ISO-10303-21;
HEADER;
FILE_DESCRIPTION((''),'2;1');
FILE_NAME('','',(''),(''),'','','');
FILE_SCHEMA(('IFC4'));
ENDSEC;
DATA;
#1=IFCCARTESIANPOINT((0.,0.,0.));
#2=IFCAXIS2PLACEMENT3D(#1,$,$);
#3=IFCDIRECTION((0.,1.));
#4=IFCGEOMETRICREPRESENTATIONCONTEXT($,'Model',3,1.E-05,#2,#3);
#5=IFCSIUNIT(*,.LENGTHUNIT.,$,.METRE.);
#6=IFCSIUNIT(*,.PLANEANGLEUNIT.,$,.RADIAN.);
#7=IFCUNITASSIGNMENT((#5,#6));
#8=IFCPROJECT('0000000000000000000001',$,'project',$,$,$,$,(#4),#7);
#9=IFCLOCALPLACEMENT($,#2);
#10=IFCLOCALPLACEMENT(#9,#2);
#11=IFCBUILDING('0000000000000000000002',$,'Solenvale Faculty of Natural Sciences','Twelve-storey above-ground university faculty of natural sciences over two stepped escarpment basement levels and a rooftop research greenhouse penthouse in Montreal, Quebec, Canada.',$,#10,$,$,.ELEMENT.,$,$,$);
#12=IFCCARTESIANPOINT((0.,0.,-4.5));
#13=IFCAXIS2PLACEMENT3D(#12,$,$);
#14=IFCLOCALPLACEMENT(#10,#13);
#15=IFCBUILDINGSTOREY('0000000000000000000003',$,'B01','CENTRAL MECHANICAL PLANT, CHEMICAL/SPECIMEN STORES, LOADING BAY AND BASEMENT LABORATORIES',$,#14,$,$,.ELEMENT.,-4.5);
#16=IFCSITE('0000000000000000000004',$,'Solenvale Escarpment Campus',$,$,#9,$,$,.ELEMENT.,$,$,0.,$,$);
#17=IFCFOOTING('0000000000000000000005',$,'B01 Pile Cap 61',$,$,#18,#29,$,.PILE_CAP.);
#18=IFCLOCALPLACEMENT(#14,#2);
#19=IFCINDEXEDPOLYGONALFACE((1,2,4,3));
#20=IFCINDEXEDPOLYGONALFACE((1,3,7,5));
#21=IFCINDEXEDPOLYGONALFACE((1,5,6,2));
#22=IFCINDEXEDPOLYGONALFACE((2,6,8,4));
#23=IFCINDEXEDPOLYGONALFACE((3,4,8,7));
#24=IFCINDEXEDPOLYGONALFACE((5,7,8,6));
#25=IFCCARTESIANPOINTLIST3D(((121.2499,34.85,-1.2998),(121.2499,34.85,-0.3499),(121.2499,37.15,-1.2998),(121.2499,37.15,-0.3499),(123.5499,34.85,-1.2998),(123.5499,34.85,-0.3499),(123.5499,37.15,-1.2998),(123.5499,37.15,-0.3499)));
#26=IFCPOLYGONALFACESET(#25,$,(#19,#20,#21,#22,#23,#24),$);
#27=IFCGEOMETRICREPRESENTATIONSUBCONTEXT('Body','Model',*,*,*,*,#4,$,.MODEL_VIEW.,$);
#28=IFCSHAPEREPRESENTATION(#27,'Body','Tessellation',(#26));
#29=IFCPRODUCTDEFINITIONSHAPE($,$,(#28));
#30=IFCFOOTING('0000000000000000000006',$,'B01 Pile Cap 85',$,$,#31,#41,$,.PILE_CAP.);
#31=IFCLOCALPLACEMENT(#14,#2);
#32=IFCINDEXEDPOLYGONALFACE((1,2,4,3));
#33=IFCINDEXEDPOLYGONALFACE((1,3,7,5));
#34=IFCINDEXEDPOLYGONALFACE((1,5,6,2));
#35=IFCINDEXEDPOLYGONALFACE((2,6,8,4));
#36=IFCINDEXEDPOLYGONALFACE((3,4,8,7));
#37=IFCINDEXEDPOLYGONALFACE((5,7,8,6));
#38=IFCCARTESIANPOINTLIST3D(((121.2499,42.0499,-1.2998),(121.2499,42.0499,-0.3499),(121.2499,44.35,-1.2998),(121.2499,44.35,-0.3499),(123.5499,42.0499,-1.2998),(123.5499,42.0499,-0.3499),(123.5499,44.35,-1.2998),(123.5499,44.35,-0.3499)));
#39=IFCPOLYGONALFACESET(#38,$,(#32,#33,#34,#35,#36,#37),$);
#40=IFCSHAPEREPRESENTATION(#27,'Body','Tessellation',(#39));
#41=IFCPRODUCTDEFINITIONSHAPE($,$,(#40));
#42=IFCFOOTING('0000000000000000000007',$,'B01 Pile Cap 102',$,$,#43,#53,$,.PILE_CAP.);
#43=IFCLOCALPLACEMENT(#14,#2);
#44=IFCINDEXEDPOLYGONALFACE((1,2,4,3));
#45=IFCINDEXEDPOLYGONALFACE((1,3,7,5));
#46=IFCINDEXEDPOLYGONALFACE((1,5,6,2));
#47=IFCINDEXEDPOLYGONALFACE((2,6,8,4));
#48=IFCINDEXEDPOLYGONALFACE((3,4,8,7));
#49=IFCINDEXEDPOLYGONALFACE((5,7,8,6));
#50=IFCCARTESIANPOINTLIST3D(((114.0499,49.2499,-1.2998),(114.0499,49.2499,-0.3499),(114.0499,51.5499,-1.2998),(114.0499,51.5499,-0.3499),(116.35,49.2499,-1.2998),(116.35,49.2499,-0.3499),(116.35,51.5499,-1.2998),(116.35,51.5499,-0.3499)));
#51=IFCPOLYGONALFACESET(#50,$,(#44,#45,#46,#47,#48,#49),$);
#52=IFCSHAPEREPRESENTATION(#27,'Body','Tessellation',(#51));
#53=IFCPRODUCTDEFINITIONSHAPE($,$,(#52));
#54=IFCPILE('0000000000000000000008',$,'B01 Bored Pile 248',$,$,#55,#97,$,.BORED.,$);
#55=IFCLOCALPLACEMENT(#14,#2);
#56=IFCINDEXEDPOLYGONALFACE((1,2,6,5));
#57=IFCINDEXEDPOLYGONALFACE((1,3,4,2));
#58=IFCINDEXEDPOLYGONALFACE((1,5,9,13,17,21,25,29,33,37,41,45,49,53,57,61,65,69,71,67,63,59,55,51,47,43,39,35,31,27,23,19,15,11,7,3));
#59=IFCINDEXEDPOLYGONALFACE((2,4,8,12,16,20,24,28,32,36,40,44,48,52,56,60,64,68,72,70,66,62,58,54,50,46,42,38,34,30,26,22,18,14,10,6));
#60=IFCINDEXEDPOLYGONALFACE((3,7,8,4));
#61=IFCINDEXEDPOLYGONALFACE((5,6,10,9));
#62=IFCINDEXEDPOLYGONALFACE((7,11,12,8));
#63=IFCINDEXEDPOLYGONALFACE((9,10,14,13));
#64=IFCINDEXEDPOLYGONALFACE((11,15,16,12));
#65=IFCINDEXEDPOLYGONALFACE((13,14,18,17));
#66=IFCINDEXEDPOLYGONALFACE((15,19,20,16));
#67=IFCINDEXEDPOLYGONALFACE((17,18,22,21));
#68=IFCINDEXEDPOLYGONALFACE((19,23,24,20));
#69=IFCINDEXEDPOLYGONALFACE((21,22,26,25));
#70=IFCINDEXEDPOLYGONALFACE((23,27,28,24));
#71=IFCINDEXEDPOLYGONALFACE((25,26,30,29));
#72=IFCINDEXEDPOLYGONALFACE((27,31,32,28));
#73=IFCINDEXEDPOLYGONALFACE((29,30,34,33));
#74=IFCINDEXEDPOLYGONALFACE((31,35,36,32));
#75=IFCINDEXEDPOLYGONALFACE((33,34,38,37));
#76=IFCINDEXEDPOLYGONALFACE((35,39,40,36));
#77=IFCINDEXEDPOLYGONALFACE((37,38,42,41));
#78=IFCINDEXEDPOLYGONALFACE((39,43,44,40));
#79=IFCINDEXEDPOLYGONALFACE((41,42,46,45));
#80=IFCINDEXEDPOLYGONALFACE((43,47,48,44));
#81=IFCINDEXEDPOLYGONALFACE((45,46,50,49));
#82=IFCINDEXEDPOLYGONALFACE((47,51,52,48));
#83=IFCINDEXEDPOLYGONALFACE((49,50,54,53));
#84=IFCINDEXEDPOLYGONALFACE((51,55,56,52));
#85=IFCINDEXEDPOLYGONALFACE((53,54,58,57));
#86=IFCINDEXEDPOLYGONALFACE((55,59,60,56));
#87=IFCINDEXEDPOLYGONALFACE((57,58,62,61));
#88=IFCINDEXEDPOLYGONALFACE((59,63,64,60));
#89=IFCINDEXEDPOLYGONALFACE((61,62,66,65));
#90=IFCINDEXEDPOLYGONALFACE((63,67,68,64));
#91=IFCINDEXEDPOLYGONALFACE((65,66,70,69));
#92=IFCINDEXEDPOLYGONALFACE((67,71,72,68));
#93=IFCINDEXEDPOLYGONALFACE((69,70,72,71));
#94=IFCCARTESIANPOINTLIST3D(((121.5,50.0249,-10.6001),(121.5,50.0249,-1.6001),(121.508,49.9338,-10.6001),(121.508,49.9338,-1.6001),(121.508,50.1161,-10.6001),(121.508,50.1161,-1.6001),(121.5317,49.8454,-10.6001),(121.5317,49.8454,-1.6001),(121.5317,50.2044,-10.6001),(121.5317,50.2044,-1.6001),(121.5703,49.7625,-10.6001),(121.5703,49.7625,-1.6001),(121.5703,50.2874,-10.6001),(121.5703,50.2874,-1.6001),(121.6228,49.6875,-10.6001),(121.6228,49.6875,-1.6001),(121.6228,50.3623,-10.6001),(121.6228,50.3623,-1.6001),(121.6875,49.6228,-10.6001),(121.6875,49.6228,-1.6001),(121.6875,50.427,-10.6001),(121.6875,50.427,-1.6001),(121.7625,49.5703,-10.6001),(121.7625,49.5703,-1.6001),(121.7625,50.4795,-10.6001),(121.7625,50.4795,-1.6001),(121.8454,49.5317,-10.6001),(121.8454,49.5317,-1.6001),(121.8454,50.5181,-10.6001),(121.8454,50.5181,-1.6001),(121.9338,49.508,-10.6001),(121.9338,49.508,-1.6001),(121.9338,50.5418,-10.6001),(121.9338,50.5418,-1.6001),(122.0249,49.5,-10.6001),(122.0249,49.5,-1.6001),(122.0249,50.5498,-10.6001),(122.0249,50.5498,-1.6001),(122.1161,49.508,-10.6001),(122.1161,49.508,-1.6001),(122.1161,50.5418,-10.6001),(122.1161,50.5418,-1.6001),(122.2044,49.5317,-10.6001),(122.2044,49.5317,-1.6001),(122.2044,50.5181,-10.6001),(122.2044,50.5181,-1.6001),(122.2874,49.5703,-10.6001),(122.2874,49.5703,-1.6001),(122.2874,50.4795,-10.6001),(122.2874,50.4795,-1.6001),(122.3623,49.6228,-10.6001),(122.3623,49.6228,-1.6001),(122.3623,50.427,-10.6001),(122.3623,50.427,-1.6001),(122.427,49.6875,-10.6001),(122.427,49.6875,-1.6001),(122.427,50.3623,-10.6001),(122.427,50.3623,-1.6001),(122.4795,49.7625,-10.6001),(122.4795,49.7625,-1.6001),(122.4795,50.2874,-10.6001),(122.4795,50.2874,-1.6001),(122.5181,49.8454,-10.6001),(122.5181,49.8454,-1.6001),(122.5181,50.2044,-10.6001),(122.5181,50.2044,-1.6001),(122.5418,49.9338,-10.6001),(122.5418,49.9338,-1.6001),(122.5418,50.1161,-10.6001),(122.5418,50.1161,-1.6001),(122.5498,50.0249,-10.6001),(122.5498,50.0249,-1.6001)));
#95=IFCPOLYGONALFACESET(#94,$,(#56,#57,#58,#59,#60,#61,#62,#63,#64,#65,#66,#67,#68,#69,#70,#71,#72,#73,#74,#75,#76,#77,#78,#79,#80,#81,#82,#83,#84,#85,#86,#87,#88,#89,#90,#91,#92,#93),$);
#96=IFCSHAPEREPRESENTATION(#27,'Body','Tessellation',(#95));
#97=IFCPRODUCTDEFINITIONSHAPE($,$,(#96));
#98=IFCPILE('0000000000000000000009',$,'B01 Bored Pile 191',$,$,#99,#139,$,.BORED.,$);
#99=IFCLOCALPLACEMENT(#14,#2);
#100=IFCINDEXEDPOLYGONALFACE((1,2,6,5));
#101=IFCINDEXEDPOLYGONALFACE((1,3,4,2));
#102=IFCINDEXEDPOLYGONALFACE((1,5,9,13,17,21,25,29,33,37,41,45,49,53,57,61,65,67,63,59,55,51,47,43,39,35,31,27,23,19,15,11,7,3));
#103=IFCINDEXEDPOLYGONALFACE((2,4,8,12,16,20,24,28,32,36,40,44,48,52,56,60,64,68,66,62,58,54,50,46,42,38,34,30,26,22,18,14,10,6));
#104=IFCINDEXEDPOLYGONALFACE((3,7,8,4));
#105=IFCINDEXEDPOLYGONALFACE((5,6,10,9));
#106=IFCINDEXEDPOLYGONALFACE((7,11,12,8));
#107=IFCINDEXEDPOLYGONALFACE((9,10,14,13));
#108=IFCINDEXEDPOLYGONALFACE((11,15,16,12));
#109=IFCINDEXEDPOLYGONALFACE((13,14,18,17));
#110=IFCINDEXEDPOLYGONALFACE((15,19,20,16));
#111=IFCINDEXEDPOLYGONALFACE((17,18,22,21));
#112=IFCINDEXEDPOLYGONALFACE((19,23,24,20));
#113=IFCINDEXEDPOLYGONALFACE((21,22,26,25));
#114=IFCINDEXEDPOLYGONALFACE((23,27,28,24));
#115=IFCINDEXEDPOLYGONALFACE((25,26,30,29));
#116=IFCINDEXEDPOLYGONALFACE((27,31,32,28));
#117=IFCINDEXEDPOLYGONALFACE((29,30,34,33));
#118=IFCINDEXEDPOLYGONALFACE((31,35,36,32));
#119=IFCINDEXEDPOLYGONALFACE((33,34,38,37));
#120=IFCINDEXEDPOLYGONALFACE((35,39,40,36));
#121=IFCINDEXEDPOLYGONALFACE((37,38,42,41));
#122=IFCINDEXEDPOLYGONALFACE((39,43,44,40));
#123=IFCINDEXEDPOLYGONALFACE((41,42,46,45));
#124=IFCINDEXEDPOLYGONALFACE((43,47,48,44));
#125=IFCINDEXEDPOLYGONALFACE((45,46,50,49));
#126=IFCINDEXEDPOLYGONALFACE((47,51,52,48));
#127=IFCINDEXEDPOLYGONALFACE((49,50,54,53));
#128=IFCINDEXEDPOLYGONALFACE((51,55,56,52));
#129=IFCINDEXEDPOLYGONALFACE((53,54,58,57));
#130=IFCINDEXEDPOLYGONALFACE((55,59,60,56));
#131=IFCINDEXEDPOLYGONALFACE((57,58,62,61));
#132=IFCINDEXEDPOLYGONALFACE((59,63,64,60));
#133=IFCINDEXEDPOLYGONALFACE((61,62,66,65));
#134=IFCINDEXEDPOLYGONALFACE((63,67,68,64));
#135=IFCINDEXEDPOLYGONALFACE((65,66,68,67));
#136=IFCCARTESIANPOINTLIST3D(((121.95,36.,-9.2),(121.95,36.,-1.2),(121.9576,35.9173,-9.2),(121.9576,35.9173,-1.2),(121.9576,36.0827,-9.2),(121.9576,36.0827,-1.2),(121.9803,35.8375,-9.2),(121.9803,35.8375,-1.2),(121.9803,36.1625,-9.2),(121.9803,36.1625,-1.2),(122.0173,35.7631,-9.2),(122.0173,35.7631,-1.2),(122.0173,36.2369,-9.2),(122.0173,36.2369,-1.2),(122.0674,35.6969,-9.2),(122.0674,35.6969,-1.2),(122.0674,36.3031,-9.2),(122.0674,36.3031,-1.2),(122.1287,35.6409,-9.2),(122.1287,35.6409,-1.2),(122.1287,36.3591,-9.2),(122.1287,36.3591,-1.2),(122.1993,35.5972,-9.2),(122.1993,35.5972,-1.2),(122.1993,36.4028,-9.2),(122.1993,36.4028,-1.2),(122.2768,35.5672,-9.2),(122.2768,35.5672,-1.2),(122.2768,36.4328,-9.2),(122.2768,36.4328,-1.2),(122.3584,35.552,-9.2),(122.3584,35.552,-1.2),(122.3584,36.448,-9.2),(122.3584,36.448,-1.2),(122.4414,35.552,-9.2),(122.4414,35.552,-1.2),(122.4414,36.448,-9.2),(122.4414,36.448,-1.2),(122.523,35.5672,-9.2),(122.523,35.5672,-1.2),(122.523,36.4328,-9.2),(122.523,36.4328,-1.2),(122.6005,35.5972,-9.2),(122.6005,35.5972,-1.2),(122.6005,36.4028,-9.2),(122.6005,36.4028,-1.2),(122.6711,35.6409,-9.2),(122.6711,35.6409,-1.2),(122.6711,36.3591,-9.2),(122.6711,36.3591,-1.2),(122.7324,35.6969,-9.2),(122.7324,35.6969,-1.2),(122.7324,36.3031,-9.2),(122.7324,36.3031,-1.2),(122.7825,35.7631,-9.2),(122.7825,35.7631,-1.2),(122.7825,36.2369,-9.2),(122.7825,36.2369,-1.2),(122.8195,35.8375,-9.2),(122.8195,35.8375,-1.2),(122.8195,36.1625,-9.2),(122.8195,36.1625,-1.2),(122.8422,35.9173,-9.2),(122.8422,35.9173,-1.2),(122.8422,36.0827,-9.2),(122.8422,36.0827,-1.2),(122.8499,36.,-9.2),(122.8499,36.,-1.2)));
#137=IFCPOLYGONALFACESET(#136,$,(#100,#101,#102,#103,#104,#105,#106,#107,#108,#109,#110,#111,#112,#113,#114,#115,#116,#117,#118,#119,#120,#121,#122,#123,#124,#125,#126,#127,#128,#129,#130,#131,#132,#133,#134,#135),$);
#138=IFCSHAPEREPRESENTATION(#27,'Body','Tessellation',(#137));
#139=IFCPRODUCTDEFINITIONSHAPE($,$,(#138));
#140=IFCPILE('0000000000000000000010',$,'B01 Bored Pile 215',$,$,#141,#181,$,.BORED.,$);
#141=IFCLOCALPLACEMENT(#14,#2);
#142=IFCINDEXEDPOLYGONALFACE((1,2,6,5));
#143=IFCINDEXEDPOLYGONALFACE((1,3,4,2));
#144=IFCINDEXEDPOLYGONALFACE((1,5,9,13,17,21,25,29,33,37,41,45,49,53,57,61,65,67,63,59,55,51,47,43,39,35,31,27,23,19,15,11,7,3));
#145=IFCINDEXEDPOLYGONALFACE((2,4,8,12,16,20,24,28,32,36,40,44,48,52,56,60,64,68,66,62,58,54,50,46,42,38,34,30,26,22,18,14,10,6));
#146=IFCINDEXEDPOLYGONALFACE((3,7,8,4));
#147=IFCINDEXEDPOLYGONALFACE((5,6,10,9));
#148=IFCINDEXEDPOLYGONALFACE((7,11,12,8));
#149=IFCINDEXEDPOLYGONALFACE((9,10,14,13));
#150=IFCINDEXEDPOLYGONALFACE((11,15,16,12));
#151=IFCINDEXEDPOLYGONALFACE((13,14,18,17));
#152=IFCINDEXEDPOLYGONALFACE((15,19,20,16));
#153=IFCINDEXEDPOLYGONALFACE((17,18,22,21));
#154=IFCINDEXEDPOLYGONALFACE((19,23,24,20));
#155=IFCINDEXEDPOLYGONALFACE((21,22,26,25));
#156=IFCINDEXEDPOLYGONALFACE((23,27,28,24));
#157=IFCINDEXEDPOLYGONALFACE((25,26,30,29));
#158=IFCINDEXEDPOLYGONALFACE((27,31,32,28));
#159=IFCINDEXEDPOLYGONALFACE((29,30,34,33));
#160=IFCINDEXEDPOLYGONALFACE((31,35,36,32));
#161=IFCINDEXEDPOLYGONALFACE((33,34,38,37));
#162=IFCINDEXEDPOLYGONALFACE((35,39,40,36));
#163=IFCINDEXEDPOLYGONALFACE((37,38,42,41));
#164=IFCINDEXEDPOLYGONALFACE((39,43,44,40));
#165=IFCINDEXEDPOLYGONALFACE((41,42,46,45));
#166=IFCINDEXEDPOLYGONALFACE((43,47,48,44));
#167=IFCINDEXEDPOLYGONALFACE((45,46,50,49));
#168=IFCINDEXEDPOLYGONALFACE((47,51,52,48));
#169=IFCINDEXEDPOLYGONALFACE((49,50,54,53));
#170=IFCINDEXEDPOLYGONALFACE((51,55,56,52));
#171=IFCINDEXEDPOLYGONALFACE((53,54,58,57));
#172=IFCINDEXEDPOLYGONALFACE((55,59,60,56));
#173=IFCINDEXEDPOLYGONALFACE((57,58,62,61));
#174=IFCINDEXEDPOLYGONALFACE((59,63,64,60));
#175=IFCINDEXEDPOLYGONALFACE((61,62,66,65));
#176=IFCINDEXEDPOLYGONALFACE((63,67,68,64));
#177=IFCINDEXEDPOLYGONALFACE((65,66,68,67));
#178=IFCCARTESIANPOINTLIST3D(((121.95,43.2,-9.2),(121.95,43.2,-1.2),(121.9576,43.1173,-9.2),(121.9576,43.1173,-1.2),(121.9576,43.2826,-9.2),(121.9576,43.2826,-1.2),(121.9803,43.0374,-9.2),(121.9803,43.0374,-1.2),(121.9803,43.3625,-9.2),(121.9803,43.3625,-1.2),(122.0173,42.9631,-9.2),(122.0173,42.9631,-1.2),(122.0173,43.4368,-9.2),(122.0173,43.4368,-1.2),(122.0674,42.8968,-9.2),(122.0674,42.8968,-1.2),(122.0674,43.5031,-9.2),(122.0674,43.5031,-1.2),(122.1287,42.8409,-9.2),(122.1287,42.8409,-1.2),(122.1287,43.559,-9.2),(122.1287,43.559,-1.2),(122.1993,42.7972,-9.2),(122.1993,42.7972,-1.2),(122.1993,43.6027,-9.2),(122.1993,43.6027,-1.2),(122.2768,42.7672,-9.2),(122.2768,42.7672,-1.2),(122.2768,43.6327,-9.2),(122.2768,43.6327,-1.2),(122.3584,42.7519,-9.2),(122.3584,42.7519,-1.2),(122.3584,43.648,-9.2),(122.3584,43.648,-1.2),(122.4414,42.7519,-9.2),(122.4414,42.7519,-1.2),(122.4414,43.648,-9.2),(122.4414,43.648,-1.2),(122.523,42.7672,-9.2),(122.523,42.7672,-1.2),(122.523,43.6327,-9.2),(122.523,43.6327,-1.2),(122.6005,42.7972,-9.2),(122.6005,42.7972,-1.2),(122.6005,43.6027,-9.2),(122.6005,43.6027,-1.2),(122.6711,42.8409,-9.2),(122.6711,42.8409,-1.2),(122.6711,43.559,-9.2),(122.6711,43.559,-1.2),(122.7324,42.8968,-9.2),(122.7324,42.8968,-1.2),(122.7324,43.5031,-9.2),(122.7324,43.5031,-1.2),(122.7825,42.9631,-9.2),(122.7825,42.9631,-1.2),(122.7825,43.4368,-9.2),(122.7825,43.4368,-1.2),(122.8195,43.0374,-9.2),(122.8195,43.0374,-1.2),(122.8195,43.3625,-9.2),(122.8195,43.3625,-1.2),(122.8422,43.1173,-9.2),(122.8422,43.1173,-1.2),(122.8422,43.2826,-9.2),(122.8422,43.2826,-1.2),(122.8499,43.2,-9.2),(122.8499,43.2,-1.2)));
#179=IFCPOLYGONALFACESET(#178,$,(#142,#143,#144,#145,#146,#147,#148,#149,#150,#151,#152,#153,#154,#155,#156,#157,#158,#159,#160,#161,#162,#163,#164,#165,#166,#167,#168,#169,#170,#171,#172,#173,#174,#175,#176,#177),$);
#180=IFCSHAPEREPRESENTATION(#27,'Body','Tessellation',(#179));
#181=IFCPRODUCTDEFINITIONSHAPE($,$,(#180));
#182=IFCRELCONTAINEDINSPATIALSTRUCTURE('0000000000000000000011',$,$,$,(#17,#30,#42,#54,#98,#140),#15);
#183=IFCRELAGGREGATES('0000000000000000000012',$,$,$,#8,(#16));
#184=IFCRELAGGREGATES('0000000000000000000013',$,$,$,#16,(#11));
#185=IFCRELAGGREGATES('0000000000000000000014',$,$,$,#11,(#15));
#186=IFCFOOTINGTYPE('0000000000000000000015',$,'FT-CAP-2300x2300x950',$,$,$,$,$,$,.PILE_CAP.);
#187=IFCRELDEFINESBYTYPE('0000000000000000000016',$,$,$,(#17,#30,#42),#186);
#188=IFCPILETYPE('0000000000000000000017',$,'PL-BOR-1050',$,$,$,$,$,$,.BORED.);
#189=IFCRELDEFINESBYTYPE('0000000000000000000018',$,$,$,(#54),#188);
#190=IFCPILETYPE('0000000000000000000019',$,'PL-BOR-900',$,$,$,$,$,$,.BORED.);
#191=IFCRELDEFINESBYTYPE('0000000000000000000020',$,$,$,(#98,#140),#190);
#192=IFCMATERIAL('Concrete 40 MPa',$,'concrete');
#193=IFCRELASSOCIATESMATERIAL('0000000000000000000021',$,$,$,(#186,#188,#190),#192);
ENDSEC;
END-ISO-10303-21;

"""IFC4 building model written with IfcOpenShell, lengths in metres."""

from ifc_helpers import new_model, si_unit, direction, frame, origin, origin_2d, place, context, subcontext, project, spatial, rectangle, circle, extrude, material, material_profile, profile_set, type_object, element, save


model = new_model("IFC4")

# Units and contexts
model_context = context("Model", 3, precision=1e-05, world=origin(), true_north=direction((0.0, 1.0)))
body_context = subcontext(model_context, "Body", "Model", "MODEL_VIEW")
ifc_project = project(units=[si_unit("LENGTHUNIT", "METRE"), si_unit("PLANEANGLEUNIT", "RADIAN")], contexts=[model_context])

# Site, building, storey
site_placement = place(None, origin())
site = spatial("IfcSite", under=ifc_project, at=site_placement, Name="Solenvale Escarpment Campus", CompositionType="ELEMENT", RefElevation=0.0)
building_placement = place(site_placement, origin())
building = spatial("IfcBuilding", under=site, at=building_placement, Name="Solenvale Faculty of Natural Sciences", Description="Twelve-storey above-ground university faculty of natural sciences over two stepped escarpment basement levels and a rooftop research greenhouse penthouse in Montreal, Quebec, Canada.", CompositionType="ELEMENT")
storey_placement = place(building_placement, frame((0.0, 0.0, -4.5)))
storey = spatial("IfcBuildingStorey", under=building, at=storey_placement, Name="B01", Description="CENTRAL MECHANICAL PLANT, CHEMICAL/SPECIMEN STORES, LOADING BAY AND BASEMENT LABORATORIES", CompositionType="ELEMENT", Elevation=-4.5)

# Footings
ifc_material_1 = material(Name="Concrete 40 MPa", Category="concrete")
footing_type = type_object("IfcFootingType", Name="FT-CAP-2300x2300x950", PredefinedType="PILE_CAP", material=ifc_material_1)
for number, where, z_axis, x_axis, name in (
    (1, (122.3999, 36.0, -1.2998), (0.0, 0.0, 1.0), (1.0, 0.0, 0.0), "B01 Pile Cap 61"),
    (2, (122.3999, 43.2, -1.2998), (0.0, 0.0, 1.0), (1.0, 0.0, 0.0), "B01 Pile Cap 85"),
    (3, (115.2, 50.3999, -1.2998), (0.0, 0.0, 1.0), (1.0, 0.0, 0.0), "B01 Pile Cap 102"),
):
    element("IfcFooting", number, at=place(storey_placement, frame(where, z_axis=z_axis, x_axis=x_axis)), inside=storey, type_object=footing_type, Name=name, PredefinedType="PILE_CAP", context=body_context, shape_type="SweptSolid", body=[
        extrude(rectangle(XDim=2.3, YDim=2.3, at=origin_2d()), origin(), (0.0, 0.0, 1.0), 0.95),
    ])

# Piles
ifc_material_profile_1 = material_profile(ifc_material_1, circle(Radius=0.5249, at=origin_2d()), Name="PILE-D1050")
ifc_profile_set_1 = profile_set([ifc_material_profile_1], Name="Concrete 40 MPa")
pile_type_1 = type_object("IfcPileType", Name="PL-BOR-1050", PredefinedType="BORED", material=ifc_profile_set_1)
pile_placement = place(storey_placement, frame((122.0249, 50.0249, -1.6001), z_axis=(0.0, 0.0, -1.0), x_axis=(1.0, 0.0, 0.0)))
element("IfcPile", 4, at=pile_placement, inside=storey, type_object=pile_type_1, Name="B01 Bored Pile 248", PredefinedType="BORED", context=body_context, shape_type="SweptSolid", body=[
    extrude(circle(Radius=0.5249, at=origin_2d()), origin(), (0.0, 0.0, 1.0), 9.0),
])
ifc_material_profile_2 = material_profile(ifc_material_1, circle(Radius=0.45, at=origin_2d()), Name="PILE-D900")
ifc_profile_set_2 = profile_set([ifc_material_profile_2], Name="Concrete 40 MPa")
pile_type_2 = type_object("IfcPileType", Name="PL-BOR-900", PredefinedType="BORED", material=ifc_profile_set_2)
for number, where, z_axis, x_axis, name in (
    (5, (122.3999, 36.0, -1.2), (0.0, 0.0, -1.0), (1.0, 0.0, 0.0), "B01 Bored Pile 191"),
    (6, (122.3999, 43.2, -1.2), (0.0, 0.0, -1.0), (1.0, 0.0, 0.0), "B01 Bored Pile 215"),
):
    element("IfcPile", number, at=place(storey_placement, frame(where, z_axis=z_axis, x_axis=x_axis)), inside=storey, type_object=pile_type_2, Name=name, PredefinedType="BORED", context=body_context, shape_type="SweptSolid", body=[
        extrude(circle(Radius=0.45, at=origin_2d()), origin(), (0.0, 0.0, 1.0), 8.0),
    ])

save(model, "model.ifc")
